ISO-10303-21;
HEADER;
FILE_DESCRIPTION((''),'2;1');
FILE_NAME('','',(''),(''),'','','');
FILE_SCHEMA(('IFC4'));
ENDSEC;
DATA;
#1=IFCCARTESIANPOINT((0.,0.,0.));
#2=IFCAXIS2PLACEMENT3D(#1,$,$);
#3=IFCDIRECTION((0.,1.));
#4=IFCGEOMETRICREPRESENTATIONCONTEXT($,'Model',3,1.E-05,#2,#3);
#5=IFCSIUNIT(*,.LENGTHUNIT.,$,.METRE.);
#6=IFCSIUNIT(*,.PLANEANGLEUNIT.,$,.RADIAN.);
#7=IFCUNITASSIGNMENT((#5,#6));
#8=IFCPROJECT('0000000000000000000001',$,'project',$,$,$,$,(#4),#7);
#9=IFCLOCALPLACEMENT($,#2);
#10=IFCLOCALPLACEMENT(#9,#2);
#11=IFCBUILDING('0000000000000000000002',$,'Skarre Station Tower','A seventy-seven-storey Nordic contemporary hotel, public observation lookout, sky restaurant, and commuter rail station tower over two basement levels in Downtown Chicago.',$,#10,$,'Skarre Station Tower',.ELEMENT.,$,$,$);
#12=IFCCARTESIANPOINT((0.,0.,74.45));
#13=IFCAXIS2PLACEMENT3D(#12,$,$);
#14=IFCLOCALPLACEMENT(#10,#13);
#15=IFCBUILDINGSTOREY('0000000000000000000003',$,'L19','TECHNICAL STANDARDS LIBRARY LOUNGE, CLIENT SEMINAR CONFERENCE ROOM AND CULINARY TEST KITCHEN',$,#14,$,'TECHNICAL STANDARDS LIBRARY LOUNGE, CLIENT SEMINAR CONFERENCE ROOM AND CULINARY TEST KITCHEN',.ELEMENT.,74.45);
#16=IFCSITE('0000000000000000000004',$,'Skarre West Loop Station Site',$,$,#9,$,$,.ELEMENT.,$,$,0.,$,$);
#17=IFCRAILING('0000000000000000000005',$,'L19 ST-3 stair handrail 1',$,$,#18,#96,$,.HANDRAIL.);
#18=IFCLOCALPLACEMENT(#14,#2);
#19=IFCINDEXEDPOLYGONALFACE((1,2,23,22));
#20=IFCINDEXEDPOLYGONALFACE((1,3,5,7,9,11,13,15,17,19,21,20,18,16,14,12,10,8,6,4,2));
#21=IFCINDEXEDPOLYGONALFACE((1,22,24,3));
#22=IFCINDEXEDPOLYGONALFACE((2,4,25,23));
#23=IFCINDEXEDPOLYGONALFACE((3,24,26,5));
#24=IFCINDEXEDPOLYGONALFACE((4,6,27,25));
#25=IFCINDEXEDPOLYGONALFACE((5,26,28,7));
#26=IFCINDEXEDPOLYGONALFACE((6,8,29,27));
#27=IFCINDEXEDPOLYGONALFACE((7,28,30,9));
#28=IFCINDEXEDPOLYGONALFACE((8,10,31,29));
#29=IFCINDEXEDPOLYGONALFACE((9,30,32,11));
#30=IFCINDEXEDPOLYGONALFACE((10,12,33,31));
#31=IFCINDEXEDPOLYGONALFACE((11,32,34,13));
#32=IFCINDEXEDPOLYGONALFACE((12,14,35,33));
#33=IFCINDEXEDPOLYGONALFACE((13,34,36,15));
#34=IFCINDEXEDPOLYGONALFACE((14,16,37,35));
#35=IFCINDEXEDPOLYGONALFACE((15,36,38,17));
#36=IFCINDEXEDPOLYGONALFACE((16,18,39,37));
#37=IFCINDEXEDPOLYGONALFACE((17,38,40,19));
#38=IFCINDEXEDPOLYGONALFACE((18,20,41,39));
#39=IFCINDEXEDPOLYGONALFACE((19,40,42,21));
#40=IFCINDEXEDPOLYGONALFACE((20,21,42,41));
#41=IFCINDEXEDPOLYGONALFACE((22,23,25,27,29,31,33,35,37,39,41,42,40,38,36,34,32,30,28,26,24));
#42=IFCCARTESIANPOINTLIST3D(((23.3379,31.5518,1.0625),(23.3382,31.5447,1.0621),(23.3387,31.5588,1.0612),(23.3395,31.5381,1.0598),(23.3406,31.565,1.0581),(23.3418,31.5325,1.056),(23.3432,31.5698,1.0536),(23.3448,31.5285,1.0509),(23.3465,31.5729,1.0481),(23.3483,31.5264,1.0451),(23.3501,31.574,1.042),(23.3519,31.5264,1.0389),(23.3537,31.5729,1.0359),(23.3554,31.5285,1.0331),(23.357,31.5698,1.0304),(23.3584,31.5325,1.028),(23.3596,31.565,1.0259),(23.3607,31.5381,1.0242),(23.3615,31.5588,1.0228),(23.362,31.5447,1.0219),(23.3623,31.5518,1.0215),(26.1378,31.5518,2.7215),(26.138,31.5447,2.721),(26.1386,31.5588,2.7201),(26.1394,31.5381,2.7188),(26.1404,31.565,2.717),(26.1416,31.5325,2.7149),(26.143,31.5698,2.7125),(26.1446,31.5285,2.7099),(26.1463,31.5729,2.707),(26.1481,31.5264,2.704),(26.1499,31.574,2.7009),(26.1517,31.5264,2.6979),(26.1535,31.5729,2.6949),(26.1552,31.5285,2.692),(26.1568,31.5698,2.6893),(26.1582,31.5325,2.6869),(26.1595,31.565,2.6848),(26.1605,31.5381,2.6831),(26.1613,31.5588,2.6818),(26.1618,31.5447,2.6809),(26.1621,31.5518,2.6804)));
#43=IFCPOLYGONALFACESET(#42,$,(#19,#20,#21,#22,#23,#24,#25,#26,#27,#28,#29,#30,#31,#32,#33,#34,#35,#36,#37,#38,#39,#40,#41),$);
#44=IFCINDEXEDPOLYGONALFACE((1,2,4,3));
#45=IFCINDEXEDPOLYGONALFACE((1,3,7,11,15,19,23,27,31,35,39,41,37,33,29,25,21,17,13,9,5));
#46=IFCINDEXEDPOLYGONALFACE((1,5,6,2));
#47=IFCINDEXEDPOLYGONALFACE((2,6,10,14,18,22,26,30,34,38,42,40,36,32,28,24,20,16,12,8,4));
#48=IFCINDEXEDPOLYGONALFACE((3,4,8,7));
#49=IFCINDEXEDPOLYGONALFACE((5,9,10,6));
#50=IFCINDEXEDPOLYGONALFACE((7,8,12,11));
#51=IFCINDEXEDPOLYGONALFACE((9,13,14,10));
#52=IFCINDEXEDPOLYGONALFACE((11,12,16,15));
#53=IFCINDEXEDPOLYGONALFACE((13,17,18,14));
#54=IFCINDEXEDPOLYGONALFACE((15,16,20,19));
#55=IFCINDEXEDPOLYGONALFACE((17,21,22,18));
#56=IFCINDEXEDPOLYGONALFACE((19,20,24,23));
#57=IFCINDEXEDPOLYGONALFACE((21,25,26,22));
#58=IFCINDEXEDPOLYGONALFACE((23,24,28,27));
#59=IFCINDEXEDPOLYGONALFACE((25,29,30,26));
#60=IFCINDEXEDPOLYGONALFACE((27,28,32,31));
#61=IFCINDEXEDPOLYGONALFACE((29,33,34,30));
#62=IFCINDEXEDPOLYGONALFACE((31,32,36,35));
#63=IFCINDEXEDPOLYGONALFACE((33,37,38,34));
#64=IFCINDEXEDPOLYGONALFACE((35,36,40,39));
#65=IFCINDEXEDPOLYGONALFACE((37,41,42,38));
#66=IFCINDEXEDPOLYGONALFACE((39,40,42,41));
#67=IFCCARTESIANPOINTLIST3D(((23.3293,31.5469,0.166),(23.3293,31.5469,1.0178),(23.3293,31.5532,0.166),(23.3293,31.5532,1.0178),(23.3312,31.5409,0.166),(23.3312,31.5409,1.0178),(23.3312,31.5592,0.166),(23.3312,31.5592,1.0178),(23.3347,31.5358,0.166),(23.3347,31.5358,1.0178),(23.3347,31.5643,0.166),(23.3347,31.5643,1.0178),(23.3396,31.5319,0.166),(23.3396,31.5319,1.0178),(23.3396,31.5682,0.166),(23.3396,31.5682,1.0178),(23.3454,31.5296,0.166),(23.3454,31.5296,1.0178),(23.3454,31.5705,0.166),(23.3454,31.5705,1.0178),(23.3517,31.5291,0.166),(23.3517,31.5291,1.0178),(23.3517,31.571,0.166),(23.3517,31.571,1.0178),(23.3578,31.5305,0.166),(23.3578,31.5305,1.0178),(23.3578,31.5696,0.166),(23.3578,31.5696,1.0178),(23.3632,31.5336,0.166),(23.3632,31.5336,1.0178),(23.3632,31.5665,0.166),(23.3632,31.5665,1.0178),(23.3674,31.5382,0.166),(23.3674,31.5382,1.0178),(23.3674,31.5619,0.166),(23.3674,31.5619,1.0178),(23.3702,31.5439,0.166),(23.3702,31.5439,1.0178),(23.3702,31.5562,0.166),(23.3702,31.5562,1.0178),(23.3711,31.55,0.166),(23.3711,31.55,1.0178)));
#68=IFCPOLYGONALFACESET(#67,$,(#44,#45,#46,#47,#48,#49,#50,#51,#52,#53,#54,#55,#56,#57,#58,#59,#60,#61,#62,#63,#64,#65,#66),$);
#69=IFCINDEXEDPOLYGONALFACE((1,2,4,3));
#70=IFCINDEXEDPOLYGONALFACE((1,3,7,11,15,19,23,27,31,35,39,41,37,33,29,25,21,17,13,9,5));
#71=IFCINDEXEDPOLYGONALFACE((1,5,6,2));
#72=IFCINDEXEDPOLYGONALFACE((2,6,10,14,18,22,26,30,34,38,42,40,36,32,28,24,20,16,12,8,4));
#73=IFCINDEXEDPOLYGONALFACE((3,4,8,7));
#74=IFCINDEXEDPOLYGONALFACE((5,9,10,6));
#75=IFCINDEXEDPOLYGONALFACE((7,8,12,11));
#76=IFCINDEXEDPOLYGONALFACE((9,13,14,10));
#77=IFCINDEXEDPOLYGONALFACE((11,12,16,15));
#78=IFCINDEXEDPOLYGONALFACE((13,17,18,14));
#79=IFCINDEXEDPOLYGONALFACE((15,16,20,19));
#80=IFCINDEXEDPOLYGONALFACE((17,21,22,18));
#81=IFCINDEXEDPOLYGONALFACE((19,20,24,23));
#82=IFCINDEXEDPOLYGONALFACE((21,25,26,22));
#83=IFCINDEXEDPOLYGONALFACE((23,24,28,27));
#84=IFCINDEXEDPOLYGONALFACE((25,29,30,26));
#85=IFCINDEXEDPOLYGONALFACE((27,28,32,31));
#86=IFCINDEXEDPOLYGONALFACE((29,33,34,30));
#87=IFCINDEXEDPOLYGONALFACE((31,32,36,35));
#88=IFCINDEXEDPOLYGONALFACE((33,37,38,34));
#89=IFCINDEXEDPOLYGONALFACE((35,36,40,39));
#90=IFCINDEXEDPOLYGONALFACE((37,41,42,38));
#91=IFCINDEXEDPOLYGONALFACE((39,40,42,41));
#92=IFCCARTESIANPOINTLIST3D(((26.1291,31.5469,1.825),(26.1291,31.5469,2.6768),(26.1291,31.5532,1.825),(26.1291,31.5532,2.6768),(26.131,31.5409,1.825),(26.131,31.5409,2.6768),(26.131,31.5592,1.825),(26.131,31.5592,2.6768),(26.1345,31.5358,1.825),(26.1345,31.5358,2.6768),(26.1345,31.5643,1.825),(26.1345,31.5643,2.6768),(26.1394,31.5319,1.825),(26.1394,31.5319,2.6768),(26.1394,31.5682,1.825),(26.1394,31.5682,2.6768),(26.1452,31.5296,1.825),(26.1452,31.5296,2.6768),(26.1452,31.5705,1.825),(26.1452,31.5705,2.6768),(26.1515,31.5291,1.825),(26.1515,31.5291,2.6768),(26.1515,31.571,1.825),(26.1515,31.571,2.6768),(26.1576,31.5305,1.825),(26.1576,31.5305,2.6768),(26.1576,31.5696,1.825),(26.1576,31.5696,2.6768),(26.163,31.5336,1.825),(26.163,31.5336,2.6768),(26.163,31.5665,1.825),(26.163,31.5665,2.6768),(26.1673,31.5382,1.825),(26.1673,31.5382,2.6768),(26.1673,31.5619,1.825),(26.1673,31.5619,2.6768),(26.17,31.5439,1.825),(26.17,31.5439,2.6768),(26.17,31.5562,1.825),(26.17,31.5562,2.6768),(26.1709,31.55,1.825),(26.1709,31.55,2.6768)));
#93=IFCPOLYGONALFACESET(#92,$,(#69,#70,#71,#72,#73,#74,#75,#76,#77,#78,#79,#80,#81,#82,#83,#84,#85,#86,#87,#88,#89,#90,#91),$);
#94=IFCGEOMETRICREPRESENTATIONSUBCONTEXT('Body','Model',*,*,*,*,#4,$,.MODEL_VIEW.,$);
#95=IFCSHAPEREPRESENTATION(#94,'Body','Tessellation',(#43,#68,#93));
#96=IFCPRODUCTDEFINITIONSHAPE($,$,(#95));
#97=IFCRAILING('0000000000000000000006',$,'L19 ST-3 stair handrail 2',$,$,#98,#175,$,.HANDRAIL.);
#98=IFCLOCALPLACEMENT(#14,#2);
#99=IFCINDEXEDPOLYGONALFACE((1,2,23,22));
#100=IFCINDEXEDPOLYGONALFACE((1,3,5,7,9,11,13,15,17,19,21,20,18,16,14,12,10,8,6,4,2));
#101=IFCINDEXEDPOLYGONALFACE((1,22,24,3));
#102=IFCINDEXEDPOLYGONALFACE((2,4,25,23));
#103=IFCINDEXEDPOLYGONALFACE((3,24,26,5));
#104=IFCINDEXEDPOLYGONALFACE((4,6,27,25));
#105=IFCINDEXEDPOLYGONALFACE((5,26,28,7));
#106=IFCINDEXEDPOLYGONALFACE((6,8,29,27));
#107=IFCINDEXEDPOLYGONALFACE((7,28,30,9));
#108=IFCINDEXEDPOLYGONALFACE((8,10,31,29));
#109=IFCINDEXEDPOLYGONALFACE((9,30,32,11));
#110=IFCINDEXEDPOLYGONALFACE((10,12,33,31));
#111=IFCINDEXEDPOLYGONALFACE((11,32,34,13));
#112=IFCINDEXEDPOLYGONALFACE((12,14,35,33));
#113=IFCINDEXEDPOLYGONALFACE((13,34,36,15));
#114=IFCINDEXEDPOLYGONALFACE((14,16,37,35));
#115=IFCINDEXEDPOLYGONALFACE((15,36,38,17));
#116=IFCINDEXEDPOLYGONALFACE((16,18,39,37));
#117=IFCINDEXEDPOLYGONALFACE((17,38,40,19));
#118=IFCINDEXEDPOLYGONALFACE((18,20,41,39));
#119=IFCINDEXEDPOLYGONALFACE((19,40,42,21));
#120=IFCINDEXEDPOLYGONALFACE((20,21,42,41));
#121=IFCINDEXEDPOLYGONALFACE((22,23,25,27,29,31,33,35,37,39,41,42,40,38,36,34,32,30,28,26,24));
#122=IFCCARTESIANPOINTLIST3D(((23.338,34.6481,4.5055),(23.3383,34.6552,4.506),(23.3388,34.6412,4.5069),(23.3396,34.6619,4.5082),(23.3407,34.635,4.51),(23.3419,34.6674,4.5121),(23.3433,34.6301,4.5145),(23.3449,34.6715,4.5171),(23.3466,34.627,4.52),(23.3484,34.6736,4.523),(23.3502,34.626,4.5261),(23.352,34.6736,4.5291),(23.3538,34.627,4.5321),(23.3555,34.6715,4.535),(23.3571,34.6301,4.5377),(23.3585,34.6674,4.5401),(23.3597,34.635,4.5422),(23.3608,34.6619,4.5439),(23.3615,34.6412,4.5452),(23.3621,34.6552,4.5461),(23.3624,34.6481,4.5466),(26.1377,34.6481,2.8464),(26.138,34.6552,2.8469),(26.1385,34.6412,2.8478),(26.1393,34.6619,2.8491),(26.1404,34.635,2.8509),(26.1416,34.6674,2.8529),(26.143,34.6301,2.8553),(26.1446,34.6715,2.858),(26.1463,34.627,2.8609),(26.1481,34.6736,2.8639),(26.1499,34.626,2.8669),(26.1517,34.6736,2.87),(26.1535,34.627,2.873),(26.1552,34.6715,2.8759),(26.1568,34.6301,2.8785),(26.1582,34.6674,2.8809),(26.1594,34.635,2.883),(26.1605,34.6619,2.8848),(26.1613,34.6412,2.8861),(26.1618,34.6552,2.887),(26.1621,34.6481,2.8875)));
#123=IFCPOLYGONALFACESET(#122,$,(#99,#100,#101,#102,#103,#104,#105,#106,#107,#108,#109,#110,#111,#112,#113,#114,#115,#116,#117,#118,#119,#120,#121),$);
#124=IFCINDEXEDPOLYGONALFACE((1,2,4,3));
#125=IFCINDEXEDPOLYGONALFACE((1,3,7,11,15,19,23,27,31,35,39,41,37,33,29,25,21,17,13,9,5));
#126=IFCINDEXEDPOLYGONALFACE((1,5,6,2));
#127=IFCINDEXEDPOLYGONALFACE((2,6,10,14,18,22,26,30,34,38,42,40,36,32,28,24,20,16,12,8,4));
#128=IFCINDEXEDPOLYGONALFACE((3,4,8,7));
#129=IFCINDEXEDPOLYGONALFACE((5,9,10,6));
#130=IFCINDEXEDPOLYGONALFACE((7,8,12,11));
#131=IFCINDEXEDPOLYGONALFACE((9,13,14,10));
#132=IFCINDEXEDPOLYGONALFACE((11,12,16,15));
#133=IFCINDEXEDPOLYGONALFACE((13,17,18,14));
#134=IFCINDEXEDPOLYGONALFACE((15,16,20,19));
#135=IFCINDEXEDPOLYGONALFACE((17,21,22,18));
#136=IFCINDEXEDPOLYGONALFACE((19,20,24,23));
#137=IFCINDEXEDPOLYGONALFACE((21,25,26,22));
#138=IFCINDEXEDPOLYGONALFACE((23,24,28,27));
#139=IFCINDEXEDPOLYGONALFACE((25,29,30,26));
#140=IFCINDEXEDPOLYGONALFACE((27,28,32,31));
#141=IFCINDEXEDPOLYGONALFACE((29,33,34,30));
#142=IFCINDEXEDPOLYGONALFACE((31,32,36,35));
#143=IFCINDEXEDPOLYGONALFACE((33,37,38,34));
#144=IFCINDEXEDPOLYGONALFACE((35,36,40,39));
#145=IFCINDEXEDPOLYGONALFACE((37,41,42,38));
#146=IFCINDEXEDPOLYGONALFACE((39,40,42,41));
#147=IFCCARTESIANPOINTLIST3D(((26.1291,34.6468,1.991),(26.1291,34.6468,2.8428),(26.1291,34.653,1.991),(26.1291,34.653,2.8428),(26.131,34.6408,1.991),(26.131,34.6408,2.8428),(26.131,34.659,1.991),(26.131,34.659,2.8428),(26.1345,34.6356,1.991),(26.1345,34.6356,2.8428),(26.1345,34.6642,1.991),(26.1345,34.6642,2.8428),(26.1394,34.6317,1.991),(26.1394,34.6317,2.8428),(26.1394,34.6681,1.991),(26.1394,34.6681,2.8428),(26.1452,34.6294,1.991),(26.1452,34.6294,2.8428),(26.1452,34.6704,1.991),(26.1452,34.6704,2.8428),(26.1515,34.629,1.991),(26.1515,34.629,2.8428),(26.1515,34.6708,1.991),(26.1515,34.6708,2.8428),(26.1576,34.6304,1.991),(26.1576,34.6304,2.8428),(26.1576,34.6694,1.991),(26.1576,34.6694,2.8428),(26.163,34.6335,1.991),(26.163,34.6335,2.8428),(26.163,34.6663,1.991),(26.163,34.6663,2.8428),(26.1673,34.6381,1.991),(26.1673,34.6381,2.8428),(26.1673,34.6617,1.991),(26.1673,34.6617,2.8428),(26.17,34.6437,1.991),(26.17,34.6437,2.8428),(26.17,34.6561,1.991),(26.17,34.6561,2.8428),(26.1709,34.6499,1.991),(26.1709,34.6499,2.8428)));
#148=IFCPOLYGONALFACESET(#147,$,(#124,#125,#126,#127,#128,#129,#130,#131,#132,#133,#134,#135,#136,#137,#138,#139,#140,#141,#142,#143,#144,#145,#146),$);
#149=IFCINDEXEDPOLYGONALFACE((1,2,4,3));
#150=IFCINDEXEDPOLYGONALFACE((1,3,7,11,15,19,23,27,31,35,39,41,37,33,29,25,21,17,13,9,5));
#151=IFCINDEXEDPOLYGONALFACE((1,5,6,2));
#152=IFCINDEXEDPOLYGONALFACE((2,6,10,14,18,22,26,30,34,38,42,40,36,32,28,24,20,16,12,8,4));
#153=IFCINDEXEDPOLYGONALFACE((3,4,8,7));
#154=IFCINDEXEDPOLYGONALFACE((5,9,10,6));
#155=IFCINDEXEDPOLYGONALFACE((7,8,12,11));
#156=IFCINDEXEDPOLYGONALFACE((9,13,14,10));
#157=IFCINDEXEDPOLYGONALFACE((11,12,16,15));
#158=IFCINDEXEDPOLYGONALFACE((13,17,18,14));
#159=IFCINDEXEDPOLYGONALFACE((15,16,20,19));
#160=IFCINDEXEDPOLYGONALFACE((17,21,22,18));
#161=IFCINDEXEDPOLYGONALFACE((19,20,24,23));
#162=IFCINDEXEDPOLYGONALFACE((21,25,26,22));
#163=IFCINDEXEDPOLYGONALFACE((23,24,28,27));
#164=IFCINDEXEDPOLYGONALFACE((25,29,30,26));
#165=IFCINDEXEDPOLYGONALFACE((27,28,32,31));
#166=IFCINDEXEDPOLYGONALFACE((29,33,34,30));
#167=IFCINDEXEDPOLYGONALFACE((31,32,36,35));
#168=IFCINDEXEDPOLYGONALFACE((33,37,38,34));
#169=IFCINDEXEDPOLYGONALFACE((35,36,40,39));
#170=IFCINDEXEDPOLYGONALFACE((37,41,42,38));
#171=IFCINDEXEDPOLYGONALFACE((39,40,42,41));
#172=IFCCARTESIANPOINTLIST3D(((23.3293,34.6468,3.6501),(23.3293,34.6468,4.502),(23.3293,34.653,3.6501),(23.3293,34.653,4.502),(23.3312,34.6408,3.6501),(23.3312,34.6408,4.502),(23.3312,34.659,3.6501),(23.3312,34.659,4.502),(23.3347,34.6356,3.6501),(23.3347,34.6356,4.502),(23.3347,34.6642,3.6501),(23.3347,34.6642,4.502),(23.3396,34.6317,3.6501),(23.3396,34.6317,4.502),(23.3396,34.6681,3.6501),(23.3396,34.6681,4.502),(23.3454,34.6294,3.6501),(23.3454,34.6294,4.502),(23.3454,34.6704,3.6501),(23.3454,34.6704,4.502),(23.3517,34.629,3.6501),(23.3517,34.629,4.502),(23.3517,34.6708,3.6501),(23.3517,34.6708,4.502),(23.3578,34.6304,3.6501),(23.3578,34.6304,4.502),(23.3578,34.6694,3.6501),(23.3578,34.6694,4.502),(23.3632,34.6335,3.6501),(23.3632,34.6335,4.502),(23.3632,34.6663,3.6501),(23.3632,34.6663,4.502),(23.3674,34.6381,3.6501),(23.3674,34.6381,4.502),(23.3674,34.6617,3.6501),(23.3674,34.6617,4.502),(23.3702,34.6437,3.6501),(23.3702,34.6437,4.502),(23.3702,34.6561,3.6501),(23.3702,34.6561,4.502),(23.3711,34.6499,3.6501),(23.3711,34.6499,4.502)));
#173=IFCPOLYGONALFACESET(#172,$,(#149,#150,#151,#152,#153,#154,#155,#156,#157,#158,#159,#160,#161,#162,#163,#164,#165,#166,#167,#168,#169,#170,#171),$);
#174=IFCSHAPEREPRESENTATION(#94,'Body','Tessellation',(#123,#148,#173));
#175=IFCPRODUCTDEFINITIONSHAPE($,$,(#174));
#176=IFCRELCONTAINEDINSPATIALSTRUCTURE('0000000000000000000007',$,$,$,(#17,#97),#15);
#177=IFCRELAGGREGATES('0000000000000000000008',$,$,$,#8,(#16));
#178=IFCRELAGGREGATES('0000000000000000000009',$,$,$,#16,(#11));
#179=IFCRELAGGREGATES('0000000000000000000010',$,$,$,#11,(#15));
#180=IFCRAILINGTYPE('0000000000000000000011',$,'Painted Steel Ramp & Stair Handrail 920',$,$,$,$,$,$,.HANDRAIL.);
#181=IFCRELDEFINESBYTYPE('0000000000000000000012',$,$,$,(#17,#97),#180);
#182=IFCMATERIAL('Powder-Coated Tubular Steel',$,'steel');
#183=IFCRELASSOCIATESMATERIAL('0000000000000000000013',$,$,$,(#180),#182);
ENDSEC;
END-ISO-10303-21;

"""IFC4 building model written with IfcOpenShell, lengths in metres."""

from ifc_helpers import new_model, si_unit, direction, frame, origin, origin_2d, place, context, subcontext, project, spatial, circle, extrude, material, type_object, element, save


model = new_model("IFC4")

# Units and contexts
model_context = context("Model", 3, precision=1e-05, world=origin(), true_north=direction((0.0, 1.0)))
body_context = subcontext(model_context, "Body", "Model", "MODEL_VIEW")
ifc_project = project(units=[si_unit("LENGTHUNIT", "METRE"), si_unit("PLANEANGLEUNIT", "RADIAN")], contexts=[model_context])

# Site, building, storey
site_placement = place(None, origin())
site = spatial("IfcSite", under=ifc_project, at=site_placement, Name="Skarre West Loop Station Site", CompositionType="ELEMENT", RefElevation=0.0)
building_placement = place(site_placement, origin())
building = spatial("IfcBuilding", under=site, at=building_placement, Name="Skarre Station Tower", Description="A seventy-seven-storey Nordic contemporary hotel, public observation lookout, sky restaurant, and commuter rail station tower over two basement levels in Downtown Chicago.", LongName="Skarre Station Tower", CompositionType="ELEMENT")
storey_placement = place(building_placement, frame((0.0, 0.0, 74.45)))
storey = spatial("IfcBuildingStorey", under=building, at=storey_placement, Name="L19", Description="TECHNICAL STANDARDS LIBRARY LOUNGE, CLIENT SEMINAR CONFERENCE ROOM AND CULINARY TEST KITCHEN", LongName="TECHNICAL STANDARDS LIBRARY LOUNGE, CLIENT SEMINAR CONFERENCE ROOM AND CULINARY TEST KITCHEN", CompositionType="ELEMENT", Elevation=74.45)

# Railings
ifc_material_1 = material(Name="Powder-Coated Tubular Steel", Category="steel")
railing_type_1 = type_object("IfcRailingType", Name="Painted Steel Ramp & Stair Handrail 920", PredefinedType="HANDRAIL", material=ifc_material_1)
railing_1_placement = place(storey_placement, frame((23.3501, 31.55, 0.166)))
element("IfcRailing", 1, at=railing_1_placement, inside=storey, type_object=railing_type_1, Name="L19 ST-3 stair handrail 1", PredefinedType="HANDRAIL", context=body_context, shape_type="SweptSolid", body=[
    extrude(circle(Radius=0.0239, at=origin_2d()), frame((0.0, 0.0, 0.876), z_axis=(0.86032, 0.0, 0.509755), x_axis=(0.0, 1.0, 0.0)), (0.0, 0.0, 1.0), 3.2544),
    extrude(circle(Radius=0.021, at=origin_2d()), origin(), (0.0, 0.0, 1.0), 0.8518),
    extrude(circle(Radius=0.021, at=origin_2d()), frame((2.7998, 0.0, 1.6589)), (0.0, 0.0, 1.0), 0.8518),
])
railing_2_placement = place(storey_placement, frame((26.1499, 34.6499, 1.991)))
element("IfcRailing", 2, at=railing_2_placement, inside=storey, type_object=railing_type_1, Name="L19 ST-3 stair handrail 2", PredefinedType="HANDRAIL", context=body_context, shape_type="SweptSolid", body=[
    extrude(circle(Radius=0.0239, at=origin_2d()), frame((0.0, 0.0, 0.876), z_axis=(-0.860287, 0.0, 0.509811), x_axis=(0.0, -1.0, 0.0)), (0.0, 0.0, 1.0), 3.2544),
    extrude(circle(Radius=0.021, at=origin_2d()), origin(), (0.0, 0.0, 1.0), 0.8518),
    extrude(circle(Radius=0.021, at=origin_2d()), frame((-2.7998, 0.0, 1.6592)), (0.0, 0.0, 1.0), 0.8518),
])

save(model, "model.ifc")
